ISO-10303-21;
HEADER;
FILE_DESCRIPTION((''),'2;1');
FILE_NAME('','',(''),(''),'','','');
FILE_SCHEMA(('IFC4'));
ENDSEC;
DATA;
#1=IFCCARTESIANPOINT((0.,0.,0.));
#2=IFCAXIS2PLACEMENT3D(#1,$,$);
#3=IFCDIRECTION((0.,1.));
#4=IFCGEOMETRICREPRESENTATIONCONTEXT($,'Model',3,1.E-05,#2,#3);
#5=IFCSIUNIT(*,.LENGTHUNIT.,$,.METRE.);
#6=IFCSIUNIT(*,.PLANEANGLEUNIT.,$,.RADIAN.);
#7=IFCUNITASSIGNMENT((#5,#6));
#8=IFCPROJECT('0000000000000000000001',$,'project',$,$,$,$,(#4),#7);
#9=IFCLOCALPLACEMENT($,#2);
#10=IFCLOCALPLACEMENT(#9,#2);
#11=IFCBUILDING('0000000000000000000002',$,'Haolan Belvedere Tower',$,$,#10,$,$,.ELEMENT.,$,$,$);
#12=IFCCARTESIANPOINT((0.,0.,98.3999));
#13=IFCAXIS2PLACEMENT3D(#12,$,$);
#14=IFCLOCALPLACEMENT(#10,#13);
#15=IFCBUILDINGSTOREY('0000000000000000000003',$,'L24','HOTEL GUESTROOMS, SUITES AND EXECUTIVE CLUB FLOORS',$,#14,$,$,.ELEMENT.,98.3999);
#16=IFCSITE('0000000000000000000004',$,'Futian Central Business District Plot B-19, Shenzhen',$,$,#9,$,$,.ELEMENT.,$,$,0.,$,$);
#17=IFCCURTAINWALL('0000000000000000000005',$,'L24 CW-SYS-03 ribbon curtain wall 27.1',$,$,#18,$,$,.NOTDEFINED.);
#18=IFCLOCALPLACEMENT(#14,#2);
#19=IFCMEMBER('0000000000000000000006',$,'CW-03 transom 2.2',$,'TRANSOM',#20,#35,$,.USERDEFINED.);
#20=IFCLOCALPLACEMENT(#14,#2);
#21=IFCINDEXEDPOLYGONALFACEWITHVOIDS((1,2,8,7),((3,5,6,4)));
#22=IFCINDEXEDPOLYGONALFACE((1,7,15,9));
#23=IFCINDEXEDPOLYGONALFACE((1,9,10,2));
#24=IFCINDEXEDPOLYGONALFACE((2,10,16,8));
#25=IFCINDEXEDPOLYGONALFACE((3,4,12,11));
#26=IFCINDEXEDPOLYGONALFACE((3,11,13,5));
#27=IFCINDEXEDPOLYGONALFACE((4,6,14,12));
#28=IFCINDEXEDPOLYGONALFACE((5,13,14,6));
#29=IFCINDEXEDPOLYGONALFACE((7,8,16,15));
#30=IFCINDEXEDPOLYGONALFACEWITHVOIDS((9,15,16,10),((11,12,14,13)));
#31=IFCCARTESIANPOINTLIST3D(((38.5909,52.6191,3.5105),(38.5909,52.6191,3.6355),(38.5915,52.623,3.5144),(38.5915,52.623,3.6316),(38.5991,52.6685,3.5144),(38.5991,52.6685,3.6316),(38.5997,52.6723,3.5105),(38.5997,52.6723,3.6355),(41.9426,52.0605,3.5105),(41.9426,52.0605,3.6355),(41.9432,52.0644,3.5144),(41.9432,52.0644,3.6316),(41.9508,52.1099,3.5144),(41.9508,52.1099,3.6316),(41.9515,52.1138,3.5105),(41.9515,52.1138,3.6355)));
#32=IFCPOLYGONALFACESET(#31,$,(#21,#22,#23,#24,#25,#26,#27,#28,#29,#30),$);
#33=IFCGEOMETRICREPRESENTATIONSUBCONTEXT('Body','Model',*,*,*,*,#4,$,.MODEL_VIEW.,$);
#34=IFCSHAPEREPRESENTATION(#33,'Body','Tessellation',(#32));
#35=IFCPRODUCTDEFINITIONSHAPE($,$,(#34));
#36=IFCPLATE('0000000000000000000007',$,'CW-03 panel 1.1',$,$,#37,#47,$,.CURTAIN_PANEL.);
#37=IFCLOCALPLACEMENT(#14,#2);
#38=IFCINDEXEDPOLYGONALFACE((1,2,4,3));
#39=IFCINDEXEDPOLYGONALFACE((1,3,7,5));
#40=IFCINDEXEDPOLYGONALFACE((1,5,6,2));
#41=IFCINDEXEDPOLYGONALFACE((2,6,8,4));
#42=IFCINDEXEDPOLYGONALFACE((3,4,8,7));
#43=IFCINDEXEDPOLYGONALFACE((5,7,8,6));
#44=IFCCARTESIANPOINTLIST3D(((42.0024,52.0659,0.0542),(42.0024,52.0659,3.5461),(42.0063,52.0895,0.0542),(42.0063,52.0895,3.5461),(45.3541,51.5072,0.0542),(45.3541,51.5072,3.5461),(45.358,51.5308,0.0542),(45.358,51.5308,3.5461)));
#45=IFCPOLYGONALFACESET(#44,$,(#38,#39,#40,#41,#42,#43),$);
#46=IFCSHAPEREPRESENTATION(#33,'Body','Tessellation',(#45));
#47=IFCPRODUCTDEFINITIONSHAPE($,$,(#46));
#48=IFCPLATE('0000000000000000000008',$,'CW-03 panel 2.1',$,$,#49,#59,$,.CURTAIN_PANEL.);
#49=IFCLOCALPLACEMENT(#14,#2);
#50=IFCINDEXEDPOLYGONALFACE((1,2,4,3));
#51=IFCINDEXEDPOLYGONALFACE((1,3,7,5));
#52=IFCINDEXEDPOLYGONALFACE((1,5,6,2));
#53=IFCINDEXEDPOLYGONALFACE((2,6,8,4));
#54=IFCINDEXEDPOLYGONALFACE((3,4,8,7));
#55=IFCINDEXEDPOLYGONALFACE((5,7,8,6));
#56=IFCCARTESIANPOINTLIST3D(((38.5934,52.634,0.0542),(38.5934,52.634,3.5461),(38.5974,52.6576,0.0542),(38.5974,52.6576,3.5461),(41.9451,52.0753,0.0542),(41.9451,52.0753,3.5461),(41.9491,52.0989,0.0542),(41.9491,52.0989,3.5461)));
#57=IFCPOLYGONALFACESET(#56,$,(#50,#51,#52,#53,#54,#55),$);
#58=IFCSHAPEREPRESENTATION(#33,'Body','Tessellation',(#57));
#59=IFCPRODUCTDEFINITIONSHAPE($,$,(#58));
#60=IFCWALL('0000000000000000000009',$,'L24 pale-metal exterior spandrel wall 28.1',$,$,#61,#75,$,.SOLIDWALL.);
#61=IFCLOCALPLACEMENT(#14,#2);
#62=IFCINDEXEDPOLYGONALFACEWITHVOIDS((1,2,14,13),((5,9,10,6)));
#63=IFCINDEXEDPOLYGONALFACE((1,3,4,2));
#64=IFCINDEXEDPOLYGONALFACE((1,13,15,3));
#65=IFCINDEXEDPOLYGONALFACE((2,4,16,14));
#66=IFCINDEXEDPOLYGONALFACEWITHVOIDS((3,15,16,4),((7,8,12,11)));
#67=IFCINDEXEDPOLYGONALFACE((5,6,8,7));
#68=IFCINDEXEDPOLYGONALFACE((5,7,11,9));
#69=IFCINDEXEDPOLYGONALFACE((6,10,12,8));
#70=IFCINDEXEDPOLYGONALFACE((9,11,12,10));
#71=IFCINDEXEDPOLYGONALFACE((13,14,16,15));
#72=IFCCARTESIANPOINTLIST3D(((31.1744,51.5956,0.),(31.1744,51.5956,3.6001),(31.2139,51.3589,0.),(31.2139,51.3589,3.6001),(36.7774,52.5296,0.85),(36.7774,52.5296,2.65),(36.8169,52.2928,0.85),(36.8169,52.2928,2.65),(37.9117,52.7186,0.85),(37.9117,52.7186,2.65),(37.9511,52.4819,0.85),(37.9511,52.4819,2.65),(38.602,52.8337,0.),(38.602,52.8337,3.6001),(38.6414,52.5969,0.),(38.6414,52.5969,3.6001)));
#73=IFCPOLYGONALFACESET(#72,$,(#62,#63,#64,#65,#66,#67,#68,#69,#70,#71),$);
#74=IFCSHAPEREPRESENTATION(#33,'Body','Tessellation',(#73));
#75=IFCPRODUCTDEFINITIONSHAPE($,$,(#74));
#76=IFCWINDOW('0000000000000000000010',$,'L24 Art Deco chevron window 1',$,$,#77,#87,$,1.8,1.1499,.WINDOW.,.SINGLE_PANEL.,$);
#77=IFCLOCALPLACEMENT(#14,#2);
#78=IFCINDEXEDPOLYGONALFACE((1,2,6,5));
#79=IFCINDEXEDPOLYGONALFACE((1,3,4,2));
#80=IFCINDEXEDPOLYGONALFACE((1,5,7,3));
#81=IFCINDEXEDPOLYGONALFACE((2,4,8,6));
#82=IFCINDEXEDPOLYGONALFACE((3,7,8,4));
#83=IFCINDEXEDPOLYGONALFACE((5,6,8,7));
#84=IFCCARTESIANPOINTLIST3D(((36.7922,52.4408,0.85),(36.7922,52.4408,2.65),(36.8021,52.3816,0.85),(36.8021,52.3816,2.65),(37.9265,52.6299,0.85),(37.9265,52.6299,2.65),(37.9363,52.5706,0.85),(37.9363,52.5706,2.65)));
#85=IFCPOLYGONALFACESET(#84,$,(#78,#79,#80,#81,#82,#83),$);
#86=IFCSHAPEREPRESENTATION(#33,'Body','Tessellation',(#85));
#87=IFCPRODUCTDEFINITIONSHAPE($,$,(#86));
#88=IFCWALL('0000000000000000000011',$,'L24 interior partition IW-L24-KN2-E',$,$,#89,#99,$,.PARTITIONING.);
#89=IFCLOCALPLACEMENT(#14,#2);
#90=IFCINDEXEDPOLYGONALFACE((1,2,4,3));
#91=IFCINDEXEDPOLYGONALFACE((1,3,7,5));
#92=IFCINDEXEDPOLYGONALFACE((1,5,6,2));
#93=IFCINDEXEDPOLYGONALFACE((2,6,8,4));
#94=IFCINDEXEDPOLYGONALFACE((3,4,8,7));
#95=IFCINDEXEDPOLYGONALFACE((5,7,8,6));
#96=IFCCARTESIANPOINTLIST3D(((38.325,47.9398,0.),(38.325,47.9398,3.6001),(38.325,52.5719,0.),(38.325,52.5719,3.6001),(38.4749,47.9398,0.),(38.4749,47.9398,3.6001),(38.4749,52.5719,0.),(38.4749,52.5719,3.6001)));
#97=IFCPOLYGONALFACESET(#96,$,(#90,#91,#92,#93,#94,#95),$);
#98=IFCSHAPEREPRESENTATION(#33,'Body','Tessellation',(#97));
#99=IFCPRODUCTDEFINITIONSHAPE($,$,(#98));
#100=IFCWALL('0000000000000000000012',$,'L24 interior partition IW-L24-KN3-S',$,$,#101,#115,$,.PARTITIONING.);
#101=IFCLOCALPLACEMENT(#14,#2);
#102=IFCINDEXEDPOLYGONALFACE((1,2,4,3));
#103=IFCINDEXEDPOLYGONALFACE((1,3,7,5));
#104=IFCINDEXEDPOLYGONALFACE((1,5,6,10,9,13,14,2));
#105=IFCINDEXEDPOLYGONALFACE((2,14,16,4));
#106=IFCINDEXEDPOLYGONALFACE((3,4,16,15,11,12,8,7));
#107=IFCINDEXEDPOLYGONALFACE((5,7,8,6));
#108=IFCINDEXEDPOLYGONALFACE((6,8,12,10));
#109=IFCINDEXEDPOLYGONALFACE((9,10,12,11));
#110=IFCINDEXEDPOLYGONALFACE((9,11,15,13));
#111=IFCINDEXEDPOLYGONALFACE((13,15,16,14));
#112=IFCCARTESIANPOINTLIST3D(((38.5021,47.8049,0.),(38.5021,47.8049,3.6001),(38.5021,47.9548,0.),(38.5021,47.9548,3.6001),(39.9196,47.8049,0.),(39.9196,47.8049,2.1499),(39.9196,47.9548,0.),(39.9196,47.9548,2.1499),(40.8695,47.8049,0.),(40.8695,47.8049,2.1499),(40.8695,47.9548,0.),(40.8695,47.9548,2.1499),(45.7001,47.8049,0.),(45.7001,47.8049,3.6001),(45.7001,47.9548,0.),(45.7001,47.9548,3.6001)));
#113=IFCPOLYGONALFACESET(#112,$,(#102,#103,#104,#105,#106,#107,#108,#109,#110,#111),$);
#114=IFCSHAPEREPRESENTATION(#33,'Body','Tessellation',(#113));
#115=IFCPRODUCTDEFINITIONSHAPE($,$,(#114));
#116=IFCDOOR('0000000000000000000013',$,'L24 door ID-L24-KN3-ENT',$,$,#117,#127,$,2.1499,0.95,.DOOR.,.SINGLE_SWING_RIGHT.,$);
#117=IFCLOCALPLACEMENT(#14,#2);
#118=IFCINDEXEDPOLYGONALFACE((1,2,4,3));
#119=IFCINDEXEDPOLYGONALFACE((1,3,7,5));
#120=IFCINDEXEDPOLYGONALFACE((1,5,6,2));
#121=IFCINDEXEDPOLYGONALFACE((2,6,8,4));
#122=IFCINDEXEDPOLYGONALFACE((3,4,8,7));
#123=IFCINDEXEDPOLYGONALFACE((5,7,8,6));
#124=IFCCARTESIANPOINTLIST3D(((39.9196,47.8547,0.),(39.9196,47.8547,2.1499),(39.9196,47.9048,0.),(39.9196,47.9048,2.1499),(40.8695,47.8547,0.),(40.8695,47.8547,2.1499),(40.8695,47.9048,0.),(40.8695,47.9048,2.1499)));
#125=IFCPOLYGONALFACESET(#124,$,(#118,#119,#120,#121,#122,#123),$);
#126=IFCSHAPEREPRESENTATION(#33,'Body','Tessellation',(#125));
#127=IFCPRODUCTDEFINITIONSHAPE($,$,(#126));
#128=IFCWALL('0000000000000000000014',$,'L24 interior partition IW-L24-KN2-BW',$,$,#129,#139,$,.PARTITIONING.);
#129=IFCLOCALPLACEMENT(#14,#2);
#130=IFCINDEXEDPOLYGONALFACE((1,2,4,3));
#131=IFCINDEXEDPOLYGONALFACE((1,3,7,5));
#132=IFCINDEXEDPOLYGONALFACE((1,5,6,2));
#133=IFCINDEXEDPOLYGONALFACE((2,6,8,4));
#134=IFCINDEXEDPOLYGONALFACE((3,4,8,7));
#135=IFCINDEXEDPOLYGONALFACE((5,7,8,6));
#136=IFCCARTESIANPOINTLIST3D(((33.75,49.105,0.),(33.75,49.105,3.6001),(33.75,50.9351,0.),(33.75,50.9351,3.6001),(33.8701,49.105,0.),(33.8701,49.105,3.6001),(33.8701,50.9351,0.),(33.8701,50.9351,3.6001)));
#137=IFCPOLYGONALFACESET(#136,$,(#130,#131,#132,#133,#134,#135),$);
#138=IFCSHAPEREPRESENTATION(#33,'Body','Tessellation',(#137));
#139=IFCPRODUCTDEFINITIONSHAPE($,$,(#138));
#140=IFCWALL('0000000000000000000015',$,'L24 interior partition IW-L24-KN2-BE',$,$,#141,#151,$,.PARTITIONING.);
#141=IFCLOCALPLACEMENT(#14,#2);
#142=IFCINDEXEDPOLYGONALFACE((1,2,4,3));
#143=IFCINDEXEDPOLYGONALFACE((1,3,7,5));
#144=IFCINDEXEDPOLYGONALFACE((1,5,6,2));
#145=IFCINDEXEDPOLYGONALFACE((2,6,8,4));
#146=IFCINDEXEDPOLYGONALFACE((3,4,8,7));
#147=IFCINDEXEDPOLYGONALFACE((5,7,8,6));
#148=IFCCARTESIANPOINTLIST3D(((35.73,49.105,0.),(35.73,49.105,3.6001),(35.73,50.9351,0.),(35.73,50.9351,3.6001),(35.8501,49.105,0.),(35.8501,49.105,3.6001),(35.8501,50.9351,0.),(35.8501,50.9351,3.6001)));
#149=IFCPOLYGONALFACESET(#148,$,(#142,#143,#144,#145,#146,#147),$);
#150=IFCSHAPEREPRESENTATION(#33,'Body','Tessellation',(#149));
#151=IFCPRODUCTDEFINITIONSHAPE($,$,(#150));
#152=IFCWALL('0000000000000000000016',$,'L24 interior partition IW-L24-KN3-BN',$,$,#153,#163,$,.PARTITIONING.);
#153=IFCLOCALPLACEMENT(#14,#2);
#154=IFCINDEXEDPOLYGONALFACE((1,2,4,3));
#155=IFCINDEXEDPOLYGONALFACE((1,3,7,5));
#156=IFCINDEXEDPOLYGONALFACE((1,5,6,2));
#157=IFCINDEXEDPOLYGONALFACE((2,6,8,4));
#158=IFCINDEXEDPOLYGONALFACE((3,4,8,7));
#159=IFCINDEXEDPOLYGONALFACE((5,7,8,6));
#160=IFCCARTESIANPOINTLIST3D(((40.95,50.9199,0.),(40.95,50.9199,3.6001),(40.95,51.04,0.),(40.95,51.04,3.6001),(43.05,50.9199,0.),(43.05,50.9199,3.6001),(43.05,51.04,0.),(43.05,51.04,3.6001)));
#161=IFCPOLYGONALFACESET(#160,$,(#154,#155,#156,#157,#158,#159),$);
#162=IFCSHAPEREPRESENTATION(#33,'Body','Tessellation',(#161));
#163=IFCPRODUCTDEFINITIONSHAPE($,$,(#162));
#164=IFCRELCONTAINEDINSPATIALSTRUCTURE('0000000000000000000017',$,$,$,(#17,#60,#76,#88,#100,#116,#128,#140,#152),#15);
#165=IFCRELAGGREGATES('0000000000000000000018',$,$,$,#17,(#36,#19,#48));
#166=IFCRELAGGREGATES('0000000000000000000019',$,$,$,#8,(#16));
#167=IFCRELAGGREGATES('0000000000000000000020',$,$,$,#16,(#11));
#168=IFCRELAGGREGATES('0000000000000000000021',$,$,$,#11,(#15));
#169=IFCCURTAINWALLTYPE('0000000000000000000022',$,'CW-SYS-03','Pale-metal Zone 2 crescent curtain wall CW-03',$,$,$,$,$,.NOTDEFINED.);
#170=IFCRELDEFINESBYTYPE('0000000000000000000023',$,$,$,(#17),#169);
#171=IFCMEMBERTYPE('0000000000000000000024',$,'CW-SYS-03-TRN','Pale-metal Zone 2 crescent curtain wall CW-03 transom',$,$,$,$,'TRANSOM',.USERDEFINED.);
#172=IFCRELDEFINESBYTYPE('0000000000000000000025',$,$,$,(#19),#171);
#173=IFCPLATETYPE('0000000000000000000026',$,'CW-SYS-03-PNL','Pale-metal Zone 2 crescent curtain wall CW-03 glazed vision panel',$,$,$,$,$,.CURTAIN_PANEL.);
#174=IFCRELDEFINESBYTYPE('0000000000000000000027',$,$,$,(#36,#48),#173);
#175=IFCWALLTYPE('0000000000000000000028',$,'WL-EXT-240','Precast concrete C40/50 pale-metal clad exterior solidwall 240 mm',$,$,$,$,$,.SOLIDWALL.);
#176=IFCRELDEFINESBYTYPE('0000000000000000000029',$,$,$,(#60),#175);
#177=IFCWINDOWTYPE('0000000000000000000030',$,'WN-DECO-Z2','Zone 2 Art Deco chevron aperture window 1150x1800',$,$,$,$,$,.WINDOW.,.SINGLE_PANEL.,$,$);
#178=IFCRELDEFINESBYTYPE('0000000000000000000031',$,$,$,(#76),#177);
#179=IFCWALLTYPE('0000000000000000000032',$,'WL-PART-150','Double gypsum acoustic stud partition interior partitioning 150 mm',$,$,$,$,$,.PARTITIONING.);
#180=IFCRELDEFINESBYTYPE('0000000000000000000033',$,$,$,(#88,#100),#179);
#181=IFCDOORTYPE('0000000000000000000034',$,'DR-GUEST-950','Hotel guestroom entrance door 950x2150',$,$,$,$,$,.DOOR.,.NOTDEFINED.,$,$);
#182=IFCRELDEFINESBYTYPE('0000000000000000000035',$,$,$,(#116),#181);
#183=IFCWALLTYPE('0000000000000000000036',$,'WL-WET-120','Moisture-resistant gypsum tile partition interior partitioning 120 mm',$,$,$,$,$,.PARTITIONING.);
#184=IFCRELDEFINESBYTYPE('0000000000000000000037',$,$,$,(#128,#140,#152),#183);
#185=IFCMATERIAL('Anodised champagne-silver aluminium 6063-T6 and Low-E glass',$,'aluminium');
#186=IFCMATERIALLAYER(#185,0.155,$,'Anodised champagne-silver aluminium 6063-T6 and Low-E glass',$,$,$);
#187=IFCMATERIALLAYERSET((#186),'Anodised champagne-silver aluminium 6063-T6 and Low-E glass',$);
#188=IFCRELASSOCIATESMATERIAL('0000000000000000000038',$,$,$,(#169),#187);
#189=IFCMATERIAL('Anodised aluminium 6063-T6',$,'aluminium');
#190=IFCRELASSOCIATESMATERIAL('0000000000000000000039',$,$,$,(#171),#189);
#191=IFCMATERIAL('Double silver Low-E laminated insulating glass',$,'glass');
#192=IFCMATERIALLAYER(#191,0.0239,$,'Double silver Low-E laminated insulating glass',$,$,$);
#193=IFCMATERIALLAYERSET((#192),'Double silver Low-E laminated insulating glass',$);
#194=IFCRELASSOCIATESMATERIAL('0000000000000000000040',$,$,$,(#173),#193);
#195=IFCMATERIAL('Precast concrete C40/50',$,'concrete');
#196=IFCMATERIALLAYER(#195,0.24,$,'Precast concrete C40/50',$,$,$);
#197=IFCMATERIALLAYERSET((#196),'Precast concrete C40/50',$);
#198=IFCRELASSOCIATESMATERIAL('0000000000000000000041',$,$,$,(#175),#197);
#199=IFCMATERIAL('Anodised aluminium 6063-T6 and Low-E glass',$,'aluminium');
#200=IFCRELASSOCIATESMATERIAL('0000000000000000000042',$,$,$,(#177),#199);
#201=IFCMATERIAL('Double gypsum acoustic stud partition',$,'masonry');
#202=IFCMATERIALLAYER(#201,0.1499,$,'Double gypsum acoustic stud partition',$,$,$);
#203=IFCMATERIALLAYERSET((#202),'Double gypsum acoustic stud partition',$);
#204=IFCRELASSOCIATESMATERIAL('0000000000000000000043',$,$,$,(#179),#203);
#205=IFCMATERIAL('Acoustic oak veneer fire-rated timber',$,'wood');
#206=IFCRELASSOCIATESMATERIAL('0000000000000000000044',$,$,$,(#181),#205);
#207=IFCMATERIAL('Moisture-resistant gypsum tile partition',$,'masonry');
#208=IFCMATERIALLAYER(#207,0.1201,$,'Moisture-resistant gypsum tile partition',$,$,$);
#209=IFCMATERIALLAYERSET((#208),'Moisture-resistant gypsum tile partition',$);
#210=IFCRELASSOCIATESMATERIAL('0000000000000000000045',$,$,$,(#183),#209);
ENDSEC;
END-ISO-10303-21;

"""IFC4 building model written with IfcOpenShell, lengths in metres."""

from ifc_helpers import new_model, si_unit, direction, frame, frame_2d, origin, origin_2d, place, context, subcontext, project, spatial, rectangle, hollow_rectangle, extrude, material, layer, layer_set, material_profile, profile_set, type_object, element, fill, aggregate, save


model = new_model("IFC4")

# Units and contexts
model_context = context("Model", 3, precision=1e-05, world=origin(), true_north=direction((0.0, 1.0)))
body_context = subcontext(model_context, "Body", "Model", "MODEL_VIEW")
ifc_project = project(units=[si_unit("LENGTHUNIT", "METRE"), si_unit("PLANEANGLEUNIT", "RADIAN")], contexts=[model_context])

# Site, building, storey
site_placement = place(None, origin())
site = spatial("IfcSite", under=ifc_project, at=site_placement, Name="Futian Central Business District Plot B-19, Shenzhen", CompositionType="ELEMENT", RefElevation=0.0)
building_placement = place(site_placement, origin())
building = spatial("IfcBuilding", under=site, at=building_placement, Name="Haolan Belvedere Tower", CompositionType="ELEMENT")
storey_placement = place(building_placement, frame((0.0, 0.0, 98.3999)))
storey = spatial("IfcBuildingStorey", under=building, at=storey_placement, Name="L24", Description="HOTEL GUESTROOMS, SUITES AND EXECUTIVE CLUB FLOORS", CompositionType="ELEMENT", Elevation=98.3999)

# Curtain wall, member, plates
ifc_material_1 = material(Name="Anodised champagne-silver aluminium 6063-T6 and Low-E glass", Category="aluminium")
ifc_layer_1 = layer(ifc_material_1, 0.155, Name="Anodised champagne-silver aluminium 6063-T6 and Low-E glass")
ifc_layer_set_1 = layer_set([ifc_layer_1], Name="Anodised champagne-silver aluminium 6063-T6 and Low-E glass")
curtain_wall_type = type_object("IfcCurtainWallType", Name="CW-SYS-03", Description="Pale-metal Zone 2 crescent curtain wall CW-03", PredefinedType="NOTDEFINED", material=ifc_layer_set_1)
curtain_wall_placement = place(storey_placement, origin())
curtain_wall = element("IfcCurtainWall", 1, at=curtain_wall_placement, inside=storey, type_object=curtain_wall_type, Name="L24 CW-SYS-03 ribbon curtain wall 27.1", PredefinedType="NOTDEFINED")
ifc_material_2 = material(Name="Anodised aluminium 6063-T6", Category="aluminium")
ifc_material_profile_1 = material_profile(ifc_material_2, hollow_rectangle(XDim=0.054, YDim=0.125, WallThickness=0.0039, at=origin_2d()), Name="Anodised aluminium 6063-T6")
ifc_profile_set_1 = profile_set([ifc_material_profile_1], Name="Anodised aluminium 6063-T6")
member_type_1 = type_object("IfcMemberType", Name="CW-SYS-03-TRN", Description="Pale-metal Zone 2 crescent curtain wall CW-03 transom", ElementType="TRANSOM", PredefinedType="USERDEFINED", material=ifc_profile_set_1)
member_1_placement = place(storey_placement, frame((41.947, 52.0872, 3.573), z_axis=(-0.986396, 0.164387, 0.0), x_axis=(-0.164387, -0.986396, 0.0)))
member_1 = element("IfcMember", 2, at=member_1_placement, type_object=member_type_1, Name="CW-03 transom 2.2", ObjectType="TRANSOM", PredefinedType="USERDEFINED", context=body_context, shape_type="SweptSolid", body=[
    extrude(hollow_rectangle(XDim=0.054, YDim=0.125, WallThickness=0.0039, at=origin_2d()), origin(), (0.0, 0.0, 1.0), 3.3979),
])
ifc_material_3 = material(Name="Double silver Low-E laminated insulating glass", Category="glass")
ifc_layer_2 = layer(ifc_material_3, 0.0239, Name="Double silver Low-E laminated insulating glass")
ifc_layer_set_2 = layer_set([ifc_layer_2], Name="Double silver Low-E laminated insulating glass")
plate_type = type_object("IfcPlateType", Name="CW-SYS-03-PNL", Description="Pale-metal Zone 2 crescent curtain wall CW-03 glazed vision panel", PredefinedType="CURTAIN_PANEL", material=ifc_layer_set_2)
plate_1_placement = place(storey_placement, frame((43.6802, 51.7983, 0.0542), z_axis=(0.0, 0.0, 1.0), x_axis=(-0.986393, 0.164404, 0.0)))
plate_1 = element("IfcPlate", 3, at=plate_1_placement, type_object=plate_type, Name="CW-03 panel 1.1", PredefinedType="CURTAIN_PANEL", context=body_context, shape_type="SweptSolid", body=[
    extrude(rectangle(XDim=3.3979, YDim=0.0239, at=origin_2d()), origin(), (0.0, 0.0, 1.0), 3.4919),
])
plate_2_placement = place(storey_placement, frame((40.2712, 52.3665, 0.0542), z_axis=(0.0, 0.0, 1.0), x_axis=(-0.986393, 0.164404, 0.0)))
plate_2 = element("IfcPlate", 4, at=plate_2_placement, type_object=plate_type, Name="CW-03 panel 2.1", PredefinedType="CURTAIN_PANEL", context=body_context, shape_type="SweptSolid", body=[
    extrude(rectangle(XDim=3.3979, YDim=0.0239, at=origin_2d()), origin(), (0.0, 0.0, 1.0), 3.4919),
])
aggregate(curtain_wall, [plate_1, member_1, plate_2])

# Wall, opening, window
ifc_material_4 = material(Name="Precast concrete C40/50", Category="concrete")
ifc_layer_3 = layer(ifc_material_4, 0.24, Name="Precast concrete C40/50")
ifc_layer_set_3 = layer_set([ifc_layer_3], Name="Precast concrete C40/50")
wall_type_1 = type_object("IfcWallType", Name="WL-EXT-240", Description="Precast concrete C40/50 pale-metal clad exterior solidwall 240 mm", PredefinedType="SOLIDWALL", material=ifc_layer_set_3)
wall_1_placement = place(storey_placement, frame((38.6218, 52.7153, 0.0), z_axis=(0.0, 0.0, 1.0), x_axis=(-0.986391, -0.164415, 0.0)))
wall_1 = element("IfcWall", 5, at=wall_1_placement, inside=storey, type_object=wall_type_1, Name="L24 pale-metal exterior spandrel wall 28.1", PredefinedType="SOLIDWALL", context=body_context, shape_type="SweptSolid", body=[
    extrude(rectangle(XDim=7.53, YDim=0.24, at=frame_2d((3.7651, 0.0))), origin(), (0.0, 0.0, 1.0), 3.6001),
])
opening_1_placement = place(wall_1_placement, frame((0.7, 0.0, 0.8501)))
opening_1 = element("IfcOpeningElement", 6, at=opening_1_placement, cuts=wall_1, PredefinedType="OPENING", context=body_context, shape_type="SweptSolid", body=[
    extrude(rectangle(XDim=1.1499, YDim=1.8, at=frame_2d((0.575, 0.8999))), frame((0.0, 0.1299, 0.0), z_axis=(0.0, -1.0, 0.0), x_axis=(1.0, 0.0, 0.0)), (0.0, 0.0, 1.0), 0.26),
])
ifc_material_5 = material(Name="Anodised aluminium 6063-T6 and Low-E glass", Category="aluminium")
window_type = type_object("IfcWindowType", Name="WN-DECO-Z2", Description="Zone 2 Art Deco chevron aperture window 1150x1800", PartitioningType="SINGLE_PANEL", PredefinedType="WINDOW", material=ifc_material_5)
window_placement = place(opening_1_placement, origin())
window = element("IfcWindow", 7, at=window_placement, inside=storey, type_object=window_type, Name="L24 Art Deco chevron window 1", OverallHeight=1.8, OverallWidth=1.1499, PartitioningType="SINGLE_PANEL", PredefinedType="WINDOW", context=body_context, shape_type="SweptSolid", body=[
    extrude(rectangle(XDim=1.1499, YDim=1.8, at=frame_2d((0.575, 0.8999))), frame((0.0, 0.03, 0.0), z_axis=(0.0, -1.0, 0.0), x_axis=(1.0, 0.0, 0.0)), (0.0, 0.0, 1.0), 0.0601),
])
fill(opening_1, window)

# Wall
ifc_material_6 = material(Name="Double gypsum acoustic stud partition", Category="masonry")
ifc_layer_4 = layer(ifc_material_6, 0.1499, Name="Double gypsum acoustic stud partition")
ifc_layer_set_4 = layer_set([ifc_layer_4], Name="Double gypsum acoustic stud partition")
wall_type_2 = type_object("IfcWallType", Name="WL-PART-150", Description="Double gypsum acoustic stud partition interior partitioning 150 mm", PredefinedType="PARTITIONING", material=ifc_layer_set_4)
wall_2_placement = place(storey_placement, frame((38.3999, 47.9399, 0.0), z_axis=(0.0, 0.0, 1.0), x_axis=(0.0, 1.0, 0.0)))
element("IfcWall", 8, at=wall_2_placement, inside=storey, type_object=wall_type_2, Name="L24 interior partition IW-L24-KN2-E", PredefinedType="PARTITIONING", context=body_context, shape_type="SweptSolid", body=[
    extrude(rectangle(XDim=4.6321, YDim=0.1499, at=frame_2d((2.3159, 0.0))), origin(), (0.0, 0.0, 1.0), 3.6001),
])

# Wall, opening, door
wall_3_placement = place(storey_placement, frame((38.502, 47.8799, 0.0), z_axis=(0.0, 0.0, 1.0), x_axis=(1.0, 0.0, 0.0)))
wall_3 = element("IfcWall", 9, at=wall_3_placement, inside=storey, type_object=wall_type_2, Name="L24 interior partition IW-L24-KN3-S", PredefinedType="PARTITIONING", context=body_context, shape_type="SweptSolid", body=[
    extrude(rectangle(XDim=7.198, YDim=0.1499, at=frame_2d((3.5991, 0.0))), origin(), (0.0, 0.0, 1.0), 3.6001),
])
opening_2_placement = place(wall_3_placement, frame((1.4175, 0.0, 0.0)))
opening_2 = element("IfcOpeningElement", 10, at=opening_2_placement, cuts=wall_3, PredefinedType="OPENING", context=body_context, shape_type="SweptSolid", body=[
    extrude(rectangle(XDim=0.95, YDim=2.1499, at=frame_2d((0.4751, 1.075))), frame((0.0, 0.085, 0.0), z_axis=(0.0, -1.0, 0.0), x_axis=(1.0, 0.0, 0.0)), (0.0, 0.0, 1.0), 0.1699),
])
ifc_material_7 = material(Name="Acoustic oak veneer fire-rated timber", Category="wood")
door_type_1 = type_object("IfcDoorType", Name="DR-GUEST-950", Description="Hotel guestroom entrance door 950x2150", OperationType="NOTDEFINED", PredefinedType="DOOR", material=ifc_material_7)
door_1_placement = place(opening_2_placement, origin())
door_1 = element("IfcDoor", 11, at=door_1_placement, inside=storey, type_object=door_type_1, Name="L24 door ID-L24-KN3-ENT", OperationType="SINGLE_SWING_RIGHT", OverallHeight=2.1499, OverallWidth=0.95, PredefinedType="DOOR", context=body_context, shape_type="SweptSolid", body=[
    extrude(rectangle(XDim=0.95, YDim=2.1499, at=frame_2d((0.4751, 1.075))), frame((0.0, 0.0249, 0.0), z_axis=(0.0, -1.0, 0.0), x_axis=(1.0, 0.0, 0.0)), (0.0, 0.0, 1.0), 0.05),
])
fill(opening_2, door_1)

# Walls
ifc_material_8 = material(Name="Moisture-resistant gypsum tile partition", Category="masonry")
ifc_layer_5 = layer(ifc_material_8, 0.1201, Name="Moisture-resistant gypsum tile partition")
ifc_layer_set_5 = layer_set([ifc_layer_5], Name="Moisture-resistant gypsum tile partition")
wall_type_3 = type_object("IfcWallType", Name="WL-WET-120", Description="Moisture-resistant gypsum tile partition interior partitioning 120 mm", PredefinedType="PARTITIONING", material=ifc_layer_set_5)
for number, where, z_axis, x_axis, name in (
    (12, (33.8101, 49.105, 0.0), (0.0, 0.0, 1.0), (0.0, 1.0, 0.0), "L24 interior partition IW-L24-KN2-BW"),
    (13, (35.79, 49.105, 0.0), (0.0, 0.0, 1.0), (0.0, 1.0, 0.0), "L24 interior partition IW-L24-KN2-BE"),
):
    element("IfcWall", number, at=place(storey_placement, frame(where, z_axis=z_axis, x_axis=x_axis)), inside=storey, type_object=wall_type_3, Name=name, PredefinedType="PARTITIONING", context=body_context, shape_type="SweptSolid", body=[
        extrude(rectangle(XDim=1.8301, YDim=0.1201, at=frame_2d((0.915, 0.0))), origin(), (0.0, 0.0, 1.0), 3.6001),
    ])
wall_4_placement = place(storey_placement, frame((40.95, 50.98, 0.0), z_axis=(0.0, 0.0, 1.0), x_axis=(1.0, 0.0, 0.0)))
element("IfcWall", 14, at=wall_4_placement, inside=storey, type_object=wall_type_3, Name="L24 interior partition IW-L24-KN3-BN", PredefinedType="PARTITIONING", context=body_context, shape_type="SweptSolid", body=[
    extrude(rectangle(XDim=2.1001, YDim=0.1201, at=frame_2d((1.05, 0.0))), origin(), (0.0, 0.0, 1.0), 3.6001),
])

save(model, "model.ifc")
